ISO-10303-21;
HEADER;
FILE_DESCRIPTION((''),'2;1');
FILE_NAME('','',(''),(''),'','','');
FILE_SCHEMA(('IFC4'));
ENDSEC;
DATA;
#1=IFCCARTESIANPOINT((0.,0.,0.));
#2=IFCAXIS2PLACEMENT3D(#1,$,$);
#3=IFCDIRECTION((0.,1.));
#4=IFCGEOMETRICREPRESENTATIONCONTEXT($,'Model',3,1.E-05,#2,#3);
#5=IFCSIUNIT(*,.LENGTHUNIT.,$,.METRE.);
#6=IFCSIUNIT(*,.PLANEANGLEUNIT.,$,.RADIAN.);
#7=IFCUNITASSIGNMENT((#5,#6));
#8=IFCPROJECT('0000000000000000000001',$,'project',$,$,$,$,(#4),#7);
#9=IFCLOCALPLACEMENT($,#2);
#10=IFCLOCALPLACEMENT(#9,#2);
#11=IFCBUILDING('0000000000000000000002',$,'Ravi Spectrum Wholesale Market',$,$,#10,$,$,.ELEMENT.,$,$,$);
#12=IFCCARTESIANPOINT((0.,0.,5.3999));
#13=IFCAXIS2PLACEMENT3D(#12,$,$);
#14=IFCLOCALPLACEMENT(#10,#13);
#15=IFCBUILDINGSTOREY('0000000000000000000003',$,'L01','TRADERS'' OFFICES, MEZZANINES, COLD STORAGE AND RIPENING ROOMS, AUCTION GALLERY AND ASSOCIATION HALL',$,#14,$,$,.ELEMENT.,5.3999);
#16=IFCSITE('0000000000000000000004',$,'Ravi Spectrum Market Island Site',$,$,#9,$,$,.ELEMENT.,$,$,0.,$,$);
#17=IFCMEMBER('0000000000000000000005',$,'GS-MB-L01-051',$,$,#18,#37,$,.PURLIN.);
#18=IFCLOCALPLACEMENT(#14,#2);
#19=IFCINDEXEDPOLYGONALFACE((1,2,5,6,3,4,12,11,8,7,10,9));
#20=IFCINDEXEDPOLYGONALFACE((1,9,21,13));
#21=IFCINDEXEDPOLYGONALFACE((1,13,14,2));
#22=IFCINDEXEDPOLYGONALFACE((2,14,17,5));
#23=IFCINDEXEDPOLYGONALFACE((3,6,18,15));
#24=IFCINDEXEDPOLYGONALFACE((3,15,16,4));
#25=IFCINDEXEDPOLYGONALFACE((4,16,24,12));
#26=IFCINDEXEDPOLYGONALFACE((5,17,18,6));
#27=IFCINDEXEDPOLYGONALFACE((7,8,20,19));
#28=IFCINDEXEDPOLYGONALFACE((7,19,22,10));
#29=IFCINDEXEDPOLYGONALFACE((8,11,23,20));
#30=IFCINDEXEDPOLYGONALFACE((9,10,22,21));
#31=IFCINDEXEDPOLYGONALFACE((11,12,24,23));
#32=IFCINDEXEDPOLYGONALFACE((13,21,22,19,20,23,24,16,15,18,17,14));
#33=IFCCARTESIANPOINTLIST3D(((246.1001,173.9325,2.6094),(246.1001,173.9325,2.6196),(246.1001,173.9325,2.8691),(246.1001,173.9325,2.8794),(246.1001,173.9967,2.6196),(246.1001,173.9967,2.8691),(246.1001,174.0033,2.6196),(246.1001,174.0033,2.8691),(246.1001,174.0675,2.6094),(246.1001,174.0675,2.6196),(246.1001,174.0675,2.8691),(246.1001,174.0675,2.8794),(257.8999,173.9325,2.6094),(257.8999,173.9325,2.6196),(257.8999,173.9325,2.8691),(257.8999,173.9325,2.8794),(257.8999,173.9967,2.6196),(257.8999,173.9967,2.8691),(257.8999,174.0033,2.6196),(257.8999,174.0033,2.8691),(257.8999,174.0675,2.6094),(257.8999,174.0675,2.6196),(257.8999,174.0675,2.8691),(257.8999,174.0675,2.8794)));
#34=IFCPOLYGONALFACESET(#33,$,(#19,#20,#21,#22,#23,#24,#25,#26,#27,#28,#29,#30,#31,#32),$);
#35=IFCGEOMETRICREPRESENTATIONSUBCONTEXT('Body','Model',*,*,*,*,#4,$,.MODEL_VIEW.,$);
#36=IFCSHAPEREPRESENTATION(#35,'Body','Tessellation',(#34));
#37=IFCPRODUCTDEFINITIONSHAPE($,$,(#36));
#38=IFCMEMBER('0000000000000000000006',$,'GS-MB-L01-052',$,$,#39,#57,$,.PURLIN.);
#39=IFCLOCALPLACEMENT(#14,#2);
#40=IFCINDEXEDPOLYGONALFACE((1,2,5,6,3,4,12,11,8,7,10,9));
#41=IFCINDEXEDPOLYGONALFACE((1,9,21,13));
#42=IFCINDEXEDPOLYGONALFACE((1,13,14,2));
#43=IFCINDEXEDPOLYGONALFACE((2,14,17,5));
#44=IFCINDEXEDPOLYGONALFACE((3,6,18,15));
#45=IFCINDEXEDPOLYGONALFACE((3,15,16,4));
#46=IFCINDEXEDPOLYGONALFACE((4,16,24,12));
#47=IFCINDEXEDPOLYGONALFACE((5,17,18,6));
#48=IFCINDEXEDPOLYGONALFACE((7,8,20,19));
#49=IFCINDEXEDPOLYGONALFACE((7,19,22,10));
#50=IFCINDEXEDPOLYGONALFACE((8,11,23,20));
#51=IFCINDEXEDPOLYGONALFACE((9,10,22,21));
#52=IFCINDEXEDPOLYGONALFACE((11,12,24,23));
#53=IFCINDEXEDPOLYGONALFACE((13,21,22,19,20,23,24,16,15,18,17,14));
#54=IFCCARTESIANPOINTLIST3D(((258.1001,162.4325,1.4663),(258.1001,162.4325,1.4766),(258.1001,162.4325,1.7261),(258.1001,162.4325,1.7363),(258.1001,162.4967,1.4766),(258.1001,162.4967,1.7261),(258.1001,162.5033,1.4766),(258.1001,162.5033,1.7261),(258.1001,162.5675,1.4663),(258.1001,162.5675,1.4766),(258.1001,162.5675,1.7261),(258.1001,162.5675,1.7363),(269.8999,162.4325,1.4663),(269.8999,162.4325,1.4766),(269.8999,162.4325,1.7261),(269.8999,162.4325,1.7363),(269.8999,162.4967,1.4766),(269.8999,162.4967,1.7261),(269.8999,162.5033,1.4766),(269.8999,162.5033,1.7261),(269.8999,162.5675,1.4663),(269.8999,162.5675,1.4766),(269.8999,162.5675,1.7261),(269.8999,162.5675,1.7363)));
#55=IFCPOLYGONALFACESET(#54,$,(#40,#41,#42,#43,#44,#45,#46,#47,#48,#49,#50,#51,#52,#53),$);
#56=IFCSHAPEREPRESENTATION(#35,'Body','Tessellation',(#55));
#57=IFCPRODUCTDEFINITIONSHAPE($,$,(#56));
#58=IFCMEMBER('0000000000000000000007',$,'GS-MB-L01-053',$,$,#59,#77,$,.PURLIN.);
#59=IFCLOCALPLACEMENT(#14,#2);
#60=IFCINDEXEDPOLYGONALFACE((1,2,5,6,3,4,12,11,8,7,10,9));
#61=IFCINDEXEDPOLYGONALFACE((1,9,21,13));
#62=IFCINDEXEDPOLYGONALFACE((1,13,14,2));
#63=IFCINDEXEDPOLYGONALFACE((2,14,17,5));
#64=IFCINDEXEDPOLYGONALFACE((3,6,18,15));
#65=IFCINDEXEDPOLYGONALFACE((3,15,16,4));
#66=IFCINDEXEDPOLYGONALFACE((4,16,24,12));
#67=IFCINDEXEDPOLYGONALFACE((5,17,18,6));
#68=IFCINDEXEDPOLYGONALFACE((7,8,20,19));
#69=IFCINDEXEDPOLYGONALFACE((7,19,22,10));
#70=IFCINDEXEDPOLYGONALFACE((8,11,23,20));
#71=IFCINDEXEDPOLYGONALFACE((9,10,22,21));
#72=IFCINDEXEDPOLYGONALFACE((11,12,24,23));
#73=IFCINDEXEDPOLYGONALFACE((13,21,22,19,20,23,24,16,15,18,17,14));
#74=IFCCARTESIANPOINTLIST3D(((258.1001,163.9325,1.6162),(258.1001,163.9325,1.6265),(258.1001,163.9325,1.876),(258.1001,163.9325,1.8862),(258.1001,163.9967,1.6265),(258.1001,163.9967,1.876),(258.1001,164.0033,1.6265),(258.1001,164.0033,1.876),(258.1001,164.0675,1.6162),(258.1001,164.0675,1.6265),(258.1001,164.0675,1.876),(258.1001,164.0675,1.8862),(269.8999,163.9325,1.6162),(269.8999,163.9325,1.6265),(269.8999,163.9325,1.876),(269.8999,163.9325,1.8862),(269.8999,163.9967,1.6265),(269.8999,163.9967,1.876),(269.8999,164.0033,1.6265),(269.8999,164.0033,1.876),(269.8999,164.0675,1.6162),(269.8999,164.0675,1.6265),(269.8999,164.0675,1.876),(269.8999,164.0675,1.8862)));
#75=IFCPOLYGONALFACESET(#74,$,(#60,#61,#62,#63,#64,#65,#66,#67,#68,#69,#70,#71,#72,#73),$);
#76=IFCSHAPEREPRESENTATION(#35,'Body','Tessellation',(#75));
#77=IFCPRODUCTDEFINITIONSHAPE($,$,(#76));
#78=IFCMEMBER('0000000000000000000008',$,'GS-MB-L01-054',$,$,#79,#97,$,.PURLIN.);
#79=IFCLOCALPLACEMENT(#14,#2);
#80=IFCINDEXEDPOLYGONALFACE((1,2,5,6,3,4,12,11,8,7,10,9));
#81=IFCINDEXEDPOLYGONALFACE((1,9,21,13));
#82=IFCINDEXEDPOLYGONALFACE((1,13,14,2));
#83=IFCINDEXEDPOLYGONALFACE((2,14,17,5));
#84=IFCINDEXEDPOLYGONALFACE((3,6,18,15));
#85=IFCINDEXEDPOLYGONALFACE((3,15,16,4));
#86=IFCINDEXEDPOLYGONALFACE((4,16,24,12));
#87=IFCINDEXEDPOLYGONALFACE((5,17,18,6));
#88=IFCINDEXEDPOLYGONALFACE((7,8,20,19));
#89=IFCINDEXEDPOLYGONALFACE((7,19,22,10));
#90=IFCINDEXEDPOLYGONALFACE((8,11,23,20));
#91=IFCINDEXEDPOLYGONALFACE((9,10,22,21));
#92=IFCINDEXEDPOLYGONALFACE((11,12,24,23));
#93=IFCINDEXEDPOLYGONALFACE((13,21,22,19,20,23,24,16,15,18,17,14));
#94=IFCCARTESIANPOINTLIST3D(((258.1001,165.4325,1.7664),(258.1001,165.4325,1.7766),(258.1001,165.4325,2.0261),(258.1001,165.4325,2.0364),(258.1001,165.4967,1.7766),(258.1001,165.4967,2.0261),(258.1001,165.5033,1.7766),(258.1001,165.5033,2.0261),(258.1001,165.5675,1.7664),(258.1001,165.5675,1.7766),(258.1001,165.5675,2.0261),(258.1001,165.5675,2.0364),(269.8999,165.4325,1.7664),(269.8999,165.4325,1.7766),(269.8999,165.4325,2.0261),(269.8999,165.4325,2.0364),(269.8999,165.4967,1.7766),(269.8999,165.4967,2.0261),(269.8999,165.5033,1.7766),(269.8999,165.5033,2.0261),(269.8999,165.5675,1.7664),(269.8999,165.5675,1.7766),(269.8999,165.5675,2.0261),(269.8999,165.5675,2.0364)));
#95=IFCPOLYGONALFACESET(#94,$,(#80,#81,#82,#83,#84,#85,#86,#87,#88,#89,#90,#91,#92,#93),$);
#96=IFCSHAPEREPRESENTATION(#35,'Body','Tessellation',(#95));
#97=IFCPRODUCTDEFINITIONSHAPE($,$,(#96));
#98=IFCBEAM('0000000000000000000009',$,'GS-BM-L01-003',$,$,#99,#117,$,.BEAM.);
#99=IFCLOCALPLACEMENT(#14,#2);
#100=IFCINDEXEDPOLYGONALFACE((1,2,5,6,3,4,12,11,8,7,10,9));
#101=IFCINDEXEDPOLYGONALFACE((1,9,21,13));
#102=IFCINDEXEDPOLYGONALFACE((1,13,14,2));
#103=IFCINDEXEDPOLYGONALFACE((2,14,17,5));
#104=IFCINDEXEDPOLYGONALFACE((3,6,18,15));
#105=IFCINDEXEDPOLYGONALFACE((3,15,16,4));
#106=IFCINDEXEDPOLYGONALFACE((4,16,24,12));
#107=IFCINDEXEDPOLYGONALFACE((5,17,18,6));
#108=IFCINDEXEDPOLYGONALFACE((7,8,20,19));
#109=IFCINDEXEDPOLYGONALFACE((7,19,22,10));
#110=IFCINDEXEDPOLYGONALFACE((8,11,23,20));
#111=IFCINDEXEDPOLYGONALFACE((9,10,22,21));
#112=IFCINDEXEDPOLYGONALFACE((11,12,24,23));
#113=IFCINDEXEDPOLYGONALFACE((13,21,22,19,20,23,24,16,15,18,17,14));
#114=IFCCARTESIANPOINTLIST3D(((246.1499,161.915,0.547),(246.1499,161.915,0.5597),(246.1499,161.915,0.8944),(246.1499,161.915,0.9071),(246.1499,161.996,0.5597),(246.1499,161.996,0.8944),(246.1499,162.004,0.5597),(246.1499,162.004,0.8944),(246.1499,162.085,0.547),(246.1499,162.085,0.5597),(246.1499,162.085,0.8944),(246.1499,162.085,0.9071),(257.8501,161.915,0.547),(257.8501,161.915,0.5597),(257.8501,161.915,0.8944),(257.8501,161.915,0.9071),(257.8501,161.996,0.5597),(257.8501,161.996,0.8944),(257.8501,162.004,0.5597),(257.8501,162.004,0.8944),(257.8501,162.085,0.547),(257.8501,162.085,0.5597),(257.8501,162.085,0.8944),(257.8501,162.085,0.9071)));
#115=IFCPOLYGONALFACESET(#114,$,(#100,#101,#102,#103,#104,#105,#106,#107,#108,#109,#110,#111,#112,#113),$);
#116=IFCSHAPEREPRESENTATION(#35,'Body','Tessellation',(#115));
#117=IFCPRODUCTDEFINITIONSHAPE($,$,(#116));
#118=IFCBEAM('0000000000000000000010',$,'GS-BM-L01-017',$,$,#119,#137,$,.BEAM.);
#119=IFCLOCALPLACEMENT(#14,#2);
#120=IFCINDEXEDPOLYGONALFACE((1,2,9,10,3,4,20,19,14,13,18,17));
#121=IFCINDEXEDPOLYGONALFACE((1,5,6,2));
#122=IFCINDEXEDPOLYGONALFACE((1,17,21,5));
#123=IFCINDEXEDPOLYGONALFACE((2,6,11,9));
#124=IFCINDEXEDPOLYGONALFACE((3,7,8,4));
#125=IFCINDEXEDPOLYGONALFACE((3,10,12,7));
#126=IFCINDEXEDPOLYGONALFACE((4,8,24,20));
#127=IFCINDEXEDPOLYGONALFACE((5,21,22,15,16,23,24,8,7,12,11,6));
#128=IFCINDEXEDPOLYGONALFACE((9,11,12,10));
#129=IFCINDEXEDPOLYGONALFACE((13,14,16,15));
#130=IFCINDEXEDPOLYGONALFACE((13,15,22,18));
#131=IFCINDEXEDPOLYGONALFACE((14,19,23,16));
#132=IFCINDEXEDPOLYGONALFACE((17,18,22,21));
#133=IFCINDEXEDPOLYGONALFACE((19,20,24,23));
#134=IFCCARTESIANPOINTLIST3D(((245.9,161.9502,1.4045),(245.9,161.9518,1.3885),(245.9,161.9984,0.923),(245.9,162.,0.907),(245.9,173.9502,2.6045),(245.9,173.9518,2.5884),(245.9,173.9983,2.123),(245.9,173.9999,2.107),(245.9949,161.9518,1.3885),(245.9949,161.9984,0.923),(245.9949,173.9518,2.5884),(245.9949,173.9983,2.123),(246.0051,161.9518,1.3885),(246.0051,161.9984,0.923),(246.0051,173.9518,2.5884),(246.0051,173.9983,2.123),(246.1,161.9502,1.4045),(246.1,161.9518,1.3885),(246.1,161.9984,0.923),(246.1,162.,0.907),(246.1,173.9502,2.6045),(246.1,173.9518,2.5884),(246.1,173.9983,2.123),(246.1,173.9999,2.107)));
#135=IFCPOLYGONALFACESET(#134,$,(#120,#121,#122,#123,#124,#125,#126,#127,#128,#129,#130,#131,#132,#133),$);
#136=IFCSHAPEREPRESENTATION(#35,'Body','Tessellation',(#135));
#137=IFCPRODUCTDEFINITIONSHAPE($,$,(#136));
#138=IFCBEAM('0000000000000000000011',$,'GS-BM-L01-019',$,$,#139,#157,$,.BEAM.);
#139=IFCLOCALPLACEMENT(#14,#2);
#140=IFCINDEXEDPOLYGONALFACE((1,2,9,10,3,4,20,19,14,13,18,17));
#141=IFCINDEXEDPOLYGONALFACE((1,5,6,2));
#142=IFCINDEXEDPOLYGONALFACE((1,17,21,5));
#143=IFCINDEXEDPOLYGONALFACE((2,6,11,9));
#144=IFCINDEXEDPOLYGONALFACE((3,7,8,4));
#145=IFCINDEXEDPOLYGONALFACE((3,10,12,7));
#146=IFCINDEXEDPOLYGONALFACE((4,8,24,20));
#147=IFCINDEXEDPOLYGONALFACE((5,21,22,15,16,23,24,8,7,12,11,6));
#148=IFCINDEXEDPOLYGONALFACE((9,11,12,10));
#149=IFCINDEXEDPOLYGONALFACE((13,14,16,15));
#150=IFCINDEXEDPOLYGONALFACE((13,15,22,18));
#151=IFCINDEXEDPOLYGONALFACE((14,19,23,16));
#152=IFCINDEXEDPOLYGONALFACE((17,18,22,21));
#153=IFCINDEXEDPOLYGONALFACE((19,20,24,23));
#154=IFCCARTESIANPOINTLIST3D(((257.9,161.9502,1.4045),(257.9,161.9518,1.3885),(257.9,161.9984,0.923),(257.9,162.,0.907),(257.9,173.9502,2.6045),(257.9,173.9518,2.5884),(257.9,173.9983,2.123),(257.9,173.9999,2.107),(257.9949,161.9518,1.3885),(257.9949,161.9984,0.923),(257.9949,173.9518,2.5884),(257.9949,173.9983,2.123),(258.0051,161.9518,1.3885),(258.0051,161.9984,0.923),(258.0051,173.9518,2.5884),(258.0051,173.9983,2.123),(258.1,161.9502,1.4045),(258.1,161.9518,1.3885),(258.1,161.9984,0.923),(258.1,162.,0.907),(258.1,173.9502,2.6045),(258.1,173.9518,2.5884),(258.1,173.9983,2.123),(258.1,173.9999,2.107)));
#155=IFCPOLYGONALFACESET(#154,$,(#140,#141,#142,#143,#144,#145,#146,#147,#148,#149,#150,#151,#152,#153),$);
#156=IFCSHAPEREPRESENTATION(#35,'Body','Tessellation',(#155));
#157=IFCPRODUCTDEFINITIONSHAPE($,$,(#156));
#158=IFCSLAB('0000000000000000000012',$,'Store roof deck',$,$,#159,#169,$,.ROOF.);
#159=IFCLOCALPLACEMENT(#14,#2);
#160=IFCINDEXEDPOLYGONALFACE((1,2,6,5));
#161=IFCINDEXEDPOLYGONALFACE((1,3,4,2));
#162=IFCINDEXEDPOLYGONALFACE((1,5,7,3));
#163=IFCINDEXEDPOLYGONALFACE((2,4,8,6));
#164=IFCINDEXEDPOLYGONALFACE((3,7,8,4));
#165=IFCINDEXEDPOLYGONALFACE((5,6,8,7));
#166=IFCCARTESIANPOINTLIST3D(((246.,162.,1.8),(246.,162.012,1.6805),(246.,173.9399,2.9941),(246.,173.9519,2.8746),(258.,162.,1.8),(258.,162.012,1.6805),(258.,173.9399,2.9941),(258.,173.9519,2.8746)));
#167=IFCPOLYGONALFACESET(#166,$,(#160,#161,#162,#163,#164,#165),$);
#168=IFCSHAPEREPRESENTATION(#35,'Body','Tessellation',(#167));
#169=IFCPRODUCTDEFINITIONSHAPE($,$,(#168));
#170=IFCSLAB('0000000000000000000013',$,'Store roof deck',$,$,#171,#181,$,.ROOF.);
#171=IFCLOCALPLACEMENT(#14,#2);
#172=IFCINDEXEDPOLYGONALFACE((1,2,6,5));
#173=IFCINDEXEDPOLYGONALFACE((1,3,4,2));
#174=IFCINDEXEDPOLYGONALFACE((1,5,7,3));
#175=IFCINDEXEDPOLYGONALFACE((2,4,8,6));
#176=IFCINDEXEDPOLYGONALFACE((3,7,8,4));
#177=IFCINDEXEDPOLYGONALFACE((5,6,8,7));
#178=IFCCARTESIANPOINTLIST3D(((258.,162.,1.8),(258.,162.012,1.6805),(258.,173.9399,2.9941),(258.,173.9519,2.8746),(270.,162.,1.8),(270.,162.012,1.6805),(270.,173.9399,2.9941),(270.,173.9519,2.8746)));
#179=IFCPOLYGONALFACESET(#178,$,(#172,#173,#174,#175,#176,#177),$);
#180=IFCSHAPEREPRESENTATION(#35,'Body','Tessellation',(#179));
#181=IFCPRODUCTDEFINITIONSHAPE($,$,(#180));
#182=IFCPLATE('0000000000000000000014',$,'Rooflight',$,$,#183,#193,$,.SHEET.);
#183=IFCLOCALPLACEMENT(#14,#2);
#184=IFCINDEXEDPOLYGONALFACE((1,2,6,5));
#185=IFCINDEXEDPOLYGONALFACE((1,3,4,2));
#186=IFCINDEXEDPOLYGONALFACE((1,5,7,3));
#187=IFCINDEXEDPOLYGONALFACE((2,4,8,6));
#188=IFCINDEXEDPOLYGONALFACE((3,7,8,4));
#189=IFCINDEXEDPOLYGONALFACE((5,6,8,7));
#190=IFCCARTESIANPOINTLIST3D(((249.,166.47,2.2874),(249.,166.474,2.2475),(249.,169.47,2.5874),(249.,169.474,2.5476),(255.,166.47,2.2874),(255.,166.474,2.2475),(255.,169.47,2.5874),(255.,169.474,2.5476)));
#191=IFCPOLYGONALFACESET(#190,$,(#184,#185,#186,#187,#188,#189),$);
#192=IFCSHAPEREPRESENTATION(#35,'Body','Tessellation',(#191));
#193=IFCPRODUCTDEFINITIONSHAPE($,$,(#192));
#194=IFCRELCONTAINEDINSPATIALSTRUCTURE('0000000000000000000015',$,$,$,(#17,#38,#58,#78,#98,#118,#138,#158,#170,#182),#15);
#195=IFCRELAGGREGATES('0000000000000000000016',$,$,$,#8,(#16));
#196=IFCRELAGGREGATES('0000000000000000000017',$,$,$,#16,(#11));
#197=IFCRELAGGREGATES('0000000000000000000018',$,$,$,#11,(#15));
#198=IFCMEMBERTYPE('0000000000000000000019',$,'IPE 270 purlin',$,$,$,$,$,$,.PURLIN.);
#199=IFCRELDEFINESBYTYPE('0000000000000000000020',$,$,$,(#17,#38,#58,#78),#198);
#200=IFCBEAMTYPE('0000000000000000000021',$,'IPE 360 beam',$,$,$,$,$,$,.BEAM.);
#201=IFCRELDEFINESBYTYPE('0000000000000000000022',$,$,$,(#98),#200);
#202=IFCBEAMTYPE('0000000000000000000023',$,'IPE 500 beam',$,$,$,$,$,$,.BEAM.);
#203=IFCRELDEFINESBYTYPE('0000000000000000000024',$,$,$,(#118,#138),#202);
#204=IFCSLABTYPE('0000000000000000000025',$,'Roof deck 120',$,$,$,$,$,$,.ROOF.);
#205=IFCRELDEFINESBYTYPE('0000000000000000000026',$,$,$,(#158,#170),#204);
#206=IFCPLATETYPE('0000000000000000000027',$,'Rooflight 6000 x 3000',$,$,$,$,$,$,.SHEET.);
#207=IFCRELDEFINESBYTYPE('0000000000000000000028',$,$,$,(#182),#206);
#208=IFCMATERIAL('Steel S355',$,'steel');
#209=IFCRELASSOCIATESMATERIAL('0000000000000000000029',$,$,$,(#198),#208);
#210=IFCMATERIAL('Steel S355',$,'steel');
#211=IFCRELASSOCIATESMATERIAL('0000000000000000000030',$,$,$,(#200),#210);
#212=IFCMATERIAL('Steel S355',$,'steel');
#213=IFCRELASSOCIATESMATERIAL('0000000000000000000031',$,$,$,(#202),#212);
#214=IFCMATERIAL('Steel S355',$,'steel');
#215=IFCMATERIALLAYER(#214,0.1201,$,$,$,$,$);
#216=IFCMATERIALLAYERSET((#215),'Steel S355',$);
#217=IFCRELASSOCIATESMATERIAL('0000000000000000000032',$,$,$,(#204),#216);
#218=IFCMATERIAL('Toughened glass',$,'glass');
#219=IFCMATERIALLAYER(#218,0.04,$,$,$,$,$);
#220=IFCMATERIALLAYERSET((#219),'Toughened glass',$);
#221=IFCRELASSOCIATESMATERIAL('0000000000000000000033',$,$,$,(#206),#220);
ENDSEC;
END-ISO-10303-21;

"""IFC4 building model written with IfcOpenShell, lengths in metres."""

from ifc_helpers import new_model, si_unit, direction, frame, origin, origin_2d, place, context, subcontext, project, spatial, polyline, i_section, outline, extrude, material, layer, layer_set, material_profile, profile_set, type_object, element, save


model = new_model("IFC4")

# Units and contexts
model_context = context("Model", 3, precision=1e-05, world=origin(), true_north=direction((0.0, 1.0)))
body_context = subcontext(model_context, "Body", "Model", "MODEL_VIEW")
ifc_project = project(units=[si_unit("LENGTHUNIT", "METRE"), si_unit("PLANEANGLEUNIT", "RADIAN")], contexts=[model_context])

# Site, building, storey
site_placement = place(None, origin())
site = spatial("IfcSite", under=ifc_project, at=site_placement, Name="Ravi Spectrum Market Island Site", CompositionType="ELEMENT", RefElevation=0.0)
building_placement = place(site_placement, origin())
building = spatial("IfcBuilding", under=site, at=building_placement, Name="Ravi Spectrum Wholesale Market", CompositionType="ELEMENT")
storey_placement = place(building_placement, frame((0.0, 0.0, 5.3999)))
storey = spatial("IfcBuildingStorey", under=building, at=storey_placement, Name="L01", Description="TRADERS' OFFICES, MEZZANINES, COLD STORAGE AND RIPENING ROOMS, AUCTION GALLERY AND ASSOCIATION HALL", CompositionType="ELEMENT", Elevation=5.3999)

# Members
ifc_material_1 = material(Name="Steel S355", Category="steel")
ifc_material_profile_1 = material_profile(ifc_material_1, i_section(OverallWidth=0.135, OverallDepth=0.27, WebThickness=0.0066, FlangeThickness=0.0103, at=origin_2d()))
ifc_profile_set_1 = profile_set([ifc_material_profile_1], Name="Steel S355")
member_type = type_object("IfcMemberType", Name="IPE 270 purlin", PredefinedType="PURLIN", material=ifc_profile_set_1)
for number, where, z_axis, x_axis, name in (
    (1, (246.1001, 174.0, 2.7444), (1.0, 0.0, 0.0), (0.0, 1.0, 0.0), "GS-MB-L01-051"),
    (2, (258.1001, 162.5, 1.6013), (1.0, 0.0, 0.0), (0.0, 1.0, 0.0), "GS-MB-L01-052"),
    (3, (258.1001, 164.0, 1.7512), (1.0, 0.0, 0.0), (0.0, 1.0, 0.0), "GS-MB-L01-053"),
    (4, (258.1001, 165.5, 1.9014), (1.0, 0.0, 0.0), (0.0, 1.0, 0.0), "GS-MB-L01-054"),
):
    element("IfcMember", number, at=place(storey_placement, frame(where, z_axis=z_axis, x_axis=x_axis)), inside=storey, type_object=member_type, Name=name, PredefinedType="PURLIN", context=body_context, shape_type="SweptSolid", body=[
        extrude(i_section(OverallWidth=0.135, OverallDepth=0.27, WebThickness=0.0066, FlangeThickness=0.0103, at=origin_2d()), origin(), (0.0, 0.0, 1.0), 11.7998),
    ])

# Beams
ifc_material_2 = material(Name="Steel S355", Category="steel")
ifc_material_profile_2 = material_profile(ifc_material_2, i_section(OverallWidth=0.1699, OverallDepth=0.3601, WebThickness=0.0081, FlangeThickness=0.0127, at=origin_2d()))
ifc_profile_set_2 = profile_set([ifc_material_profile_2], Name="Steel S355")
beam_type_1 = type_object("IfcBeamType", Name="IPE 360 beam", PredefinedType="BEAM", material=ifc_profile_set_2)
beam_placement = place(storey_placement, frame((246.1499, 162.0, 0.7271), z_axis=(1.0, 0.0, 0.0), x_axis=(0.0, 1.0, 0.0)))
element("IfcBeam", 5, at=beam_placement, inside=storey, type_object=beam_type_1, Name="GS-BM-L01-003", PredefinedType="BEAM", context=body_context, shape_type="SweptSolid", body=[
    extrude(i_section(OverallWidth=0.1699, OverallDepth=0.3601, WebThickness=0.0081, FlangeThickness=0.0127, at=origin_2d()), origin(), (0.0, 0.0, 1.0), 11.7002),
])
ifc_material_3 = material(Name="Steel S355", Category="steel")
ifc_material_profile_3 = material_profile(ifc_material_3, i_section(OverallWidth=0.2, OverallDepth=0.5, WebThickness=0.0103, FlangeThickness=0.0161, at=origin_2d()))
ifc_profile_set_3 = profile_set([ifc_material_profile_3], Name="Steel S355")
beam_type_2 = type_object("IfcBeamType", Name="IPE 500 beam", PredefinedType="BEAM", material=ifc_profile_set_3)
for number, where, z_axis, x_axis, name in (
    (6, (246.0, 161.9751, 1.1558), (0.0, 0.995038, 0.0995), (-1.0, 0.0, 0.0), "GS-BM-L01-017"),
    (7, (258.0, 161.9751, 1.1558), (0.0, 0.995038, 0.0995), (-1.0, 0.0, 0.0), "GS-BM-L01-019"),
):
    element("IfcBeam", number, at=place(storey_placement, frame(where, z_axis=z_axis, x_axis=x_axis)), inside=storey, type_object=beam_type_2, Name=name, PredefinedType="BEAM", context=body_context, shape_type="SweptSolid", body=[
        extrude(i_section(OverallWidth=0.2, OverallDepth=0.5, WebThickness=0.0103, FlangeThickness=0.0161, at=origin_2d()), origin(), (0.0, 0.0, 1.0), 12.0598),
    ])

# Slabs
ifc_material_4 = material(Name="Steel S355", Category="steel")
ifc_layer_1 = layer(ifc_material_4, 0.1201)
ifc_layer_set_1 = layer_set([ifc_layer_1], Name="Steel S355")
slab_type = type_object("IfcSlabType", Name="Roof deck 120", PredefinedType="ROOF", material=ifc_layer_set_1)
for number, where, z_axis, x_axis, name in (
    (8, (246.0, 162.0, 1.8), (0.0, -0.099512, 0.995036), (1.0, 0.0, 0.0), "Store roof deck"),
    (9, (258.0, 162.0, 1.8), (0.0, -0.099512, 0.995036), (1.0, 0.0, 0.0), "Store roof deck"),
):
    element("IfcSlab", number, at=place(storey_placement, frame(where, z_axis=z_axis, x_axis=x_axis)), inside=storey, type_object=slab_type, Name=name, PredefinedType="ROOF", context=body_context, shape_type="SweptSolid", body=[
        extrude(outline(polyline([(0.0, 0.0), (12.0, 0.0), (12.0, 11.9995), (0.0, 11.9995), (0.0, 0.0)])), origin(), (0.0, 0.0, -1.0), 0.1201),
    ])

# Plate
ifc_material_5 = material(Name="Toughened glass", Category="glass")
ifc_layer_2 = layer(ifc_material_5, 0.04)
ifc_layer_set_2 = layer_set([ifc_layer_2], Name="Toughened glass")
plate_type = type_object("IfcPlateType", Name="Rooflight 6000 x 3000", PredefinedType="SHEET", material=ifc_layer_set_2)
plate_placement = place(storey_placement, frame((249.0, 166.47, 2.2874), z_axis=(0.0, -0.09952, 0.995036), x_axis=(1.0, 0.0, 0.0)))
element("IfcPlate", 10, at=plate_placement, inside=storey, type_object=plate_type, Name="Rooflight", PredefinedType="SHEET", context=body_context, shape_type="SweptSolid", body=[
    extrude(outline(polyline([(0.0, 0.0), (6.0, 0.0), (6.0, 3.015), (0.0, 3.015), (0.0, 0.0)])), origin(), (0.0, 0.0, -1.0), 0.04),
])

save(model, "model.ifc")
